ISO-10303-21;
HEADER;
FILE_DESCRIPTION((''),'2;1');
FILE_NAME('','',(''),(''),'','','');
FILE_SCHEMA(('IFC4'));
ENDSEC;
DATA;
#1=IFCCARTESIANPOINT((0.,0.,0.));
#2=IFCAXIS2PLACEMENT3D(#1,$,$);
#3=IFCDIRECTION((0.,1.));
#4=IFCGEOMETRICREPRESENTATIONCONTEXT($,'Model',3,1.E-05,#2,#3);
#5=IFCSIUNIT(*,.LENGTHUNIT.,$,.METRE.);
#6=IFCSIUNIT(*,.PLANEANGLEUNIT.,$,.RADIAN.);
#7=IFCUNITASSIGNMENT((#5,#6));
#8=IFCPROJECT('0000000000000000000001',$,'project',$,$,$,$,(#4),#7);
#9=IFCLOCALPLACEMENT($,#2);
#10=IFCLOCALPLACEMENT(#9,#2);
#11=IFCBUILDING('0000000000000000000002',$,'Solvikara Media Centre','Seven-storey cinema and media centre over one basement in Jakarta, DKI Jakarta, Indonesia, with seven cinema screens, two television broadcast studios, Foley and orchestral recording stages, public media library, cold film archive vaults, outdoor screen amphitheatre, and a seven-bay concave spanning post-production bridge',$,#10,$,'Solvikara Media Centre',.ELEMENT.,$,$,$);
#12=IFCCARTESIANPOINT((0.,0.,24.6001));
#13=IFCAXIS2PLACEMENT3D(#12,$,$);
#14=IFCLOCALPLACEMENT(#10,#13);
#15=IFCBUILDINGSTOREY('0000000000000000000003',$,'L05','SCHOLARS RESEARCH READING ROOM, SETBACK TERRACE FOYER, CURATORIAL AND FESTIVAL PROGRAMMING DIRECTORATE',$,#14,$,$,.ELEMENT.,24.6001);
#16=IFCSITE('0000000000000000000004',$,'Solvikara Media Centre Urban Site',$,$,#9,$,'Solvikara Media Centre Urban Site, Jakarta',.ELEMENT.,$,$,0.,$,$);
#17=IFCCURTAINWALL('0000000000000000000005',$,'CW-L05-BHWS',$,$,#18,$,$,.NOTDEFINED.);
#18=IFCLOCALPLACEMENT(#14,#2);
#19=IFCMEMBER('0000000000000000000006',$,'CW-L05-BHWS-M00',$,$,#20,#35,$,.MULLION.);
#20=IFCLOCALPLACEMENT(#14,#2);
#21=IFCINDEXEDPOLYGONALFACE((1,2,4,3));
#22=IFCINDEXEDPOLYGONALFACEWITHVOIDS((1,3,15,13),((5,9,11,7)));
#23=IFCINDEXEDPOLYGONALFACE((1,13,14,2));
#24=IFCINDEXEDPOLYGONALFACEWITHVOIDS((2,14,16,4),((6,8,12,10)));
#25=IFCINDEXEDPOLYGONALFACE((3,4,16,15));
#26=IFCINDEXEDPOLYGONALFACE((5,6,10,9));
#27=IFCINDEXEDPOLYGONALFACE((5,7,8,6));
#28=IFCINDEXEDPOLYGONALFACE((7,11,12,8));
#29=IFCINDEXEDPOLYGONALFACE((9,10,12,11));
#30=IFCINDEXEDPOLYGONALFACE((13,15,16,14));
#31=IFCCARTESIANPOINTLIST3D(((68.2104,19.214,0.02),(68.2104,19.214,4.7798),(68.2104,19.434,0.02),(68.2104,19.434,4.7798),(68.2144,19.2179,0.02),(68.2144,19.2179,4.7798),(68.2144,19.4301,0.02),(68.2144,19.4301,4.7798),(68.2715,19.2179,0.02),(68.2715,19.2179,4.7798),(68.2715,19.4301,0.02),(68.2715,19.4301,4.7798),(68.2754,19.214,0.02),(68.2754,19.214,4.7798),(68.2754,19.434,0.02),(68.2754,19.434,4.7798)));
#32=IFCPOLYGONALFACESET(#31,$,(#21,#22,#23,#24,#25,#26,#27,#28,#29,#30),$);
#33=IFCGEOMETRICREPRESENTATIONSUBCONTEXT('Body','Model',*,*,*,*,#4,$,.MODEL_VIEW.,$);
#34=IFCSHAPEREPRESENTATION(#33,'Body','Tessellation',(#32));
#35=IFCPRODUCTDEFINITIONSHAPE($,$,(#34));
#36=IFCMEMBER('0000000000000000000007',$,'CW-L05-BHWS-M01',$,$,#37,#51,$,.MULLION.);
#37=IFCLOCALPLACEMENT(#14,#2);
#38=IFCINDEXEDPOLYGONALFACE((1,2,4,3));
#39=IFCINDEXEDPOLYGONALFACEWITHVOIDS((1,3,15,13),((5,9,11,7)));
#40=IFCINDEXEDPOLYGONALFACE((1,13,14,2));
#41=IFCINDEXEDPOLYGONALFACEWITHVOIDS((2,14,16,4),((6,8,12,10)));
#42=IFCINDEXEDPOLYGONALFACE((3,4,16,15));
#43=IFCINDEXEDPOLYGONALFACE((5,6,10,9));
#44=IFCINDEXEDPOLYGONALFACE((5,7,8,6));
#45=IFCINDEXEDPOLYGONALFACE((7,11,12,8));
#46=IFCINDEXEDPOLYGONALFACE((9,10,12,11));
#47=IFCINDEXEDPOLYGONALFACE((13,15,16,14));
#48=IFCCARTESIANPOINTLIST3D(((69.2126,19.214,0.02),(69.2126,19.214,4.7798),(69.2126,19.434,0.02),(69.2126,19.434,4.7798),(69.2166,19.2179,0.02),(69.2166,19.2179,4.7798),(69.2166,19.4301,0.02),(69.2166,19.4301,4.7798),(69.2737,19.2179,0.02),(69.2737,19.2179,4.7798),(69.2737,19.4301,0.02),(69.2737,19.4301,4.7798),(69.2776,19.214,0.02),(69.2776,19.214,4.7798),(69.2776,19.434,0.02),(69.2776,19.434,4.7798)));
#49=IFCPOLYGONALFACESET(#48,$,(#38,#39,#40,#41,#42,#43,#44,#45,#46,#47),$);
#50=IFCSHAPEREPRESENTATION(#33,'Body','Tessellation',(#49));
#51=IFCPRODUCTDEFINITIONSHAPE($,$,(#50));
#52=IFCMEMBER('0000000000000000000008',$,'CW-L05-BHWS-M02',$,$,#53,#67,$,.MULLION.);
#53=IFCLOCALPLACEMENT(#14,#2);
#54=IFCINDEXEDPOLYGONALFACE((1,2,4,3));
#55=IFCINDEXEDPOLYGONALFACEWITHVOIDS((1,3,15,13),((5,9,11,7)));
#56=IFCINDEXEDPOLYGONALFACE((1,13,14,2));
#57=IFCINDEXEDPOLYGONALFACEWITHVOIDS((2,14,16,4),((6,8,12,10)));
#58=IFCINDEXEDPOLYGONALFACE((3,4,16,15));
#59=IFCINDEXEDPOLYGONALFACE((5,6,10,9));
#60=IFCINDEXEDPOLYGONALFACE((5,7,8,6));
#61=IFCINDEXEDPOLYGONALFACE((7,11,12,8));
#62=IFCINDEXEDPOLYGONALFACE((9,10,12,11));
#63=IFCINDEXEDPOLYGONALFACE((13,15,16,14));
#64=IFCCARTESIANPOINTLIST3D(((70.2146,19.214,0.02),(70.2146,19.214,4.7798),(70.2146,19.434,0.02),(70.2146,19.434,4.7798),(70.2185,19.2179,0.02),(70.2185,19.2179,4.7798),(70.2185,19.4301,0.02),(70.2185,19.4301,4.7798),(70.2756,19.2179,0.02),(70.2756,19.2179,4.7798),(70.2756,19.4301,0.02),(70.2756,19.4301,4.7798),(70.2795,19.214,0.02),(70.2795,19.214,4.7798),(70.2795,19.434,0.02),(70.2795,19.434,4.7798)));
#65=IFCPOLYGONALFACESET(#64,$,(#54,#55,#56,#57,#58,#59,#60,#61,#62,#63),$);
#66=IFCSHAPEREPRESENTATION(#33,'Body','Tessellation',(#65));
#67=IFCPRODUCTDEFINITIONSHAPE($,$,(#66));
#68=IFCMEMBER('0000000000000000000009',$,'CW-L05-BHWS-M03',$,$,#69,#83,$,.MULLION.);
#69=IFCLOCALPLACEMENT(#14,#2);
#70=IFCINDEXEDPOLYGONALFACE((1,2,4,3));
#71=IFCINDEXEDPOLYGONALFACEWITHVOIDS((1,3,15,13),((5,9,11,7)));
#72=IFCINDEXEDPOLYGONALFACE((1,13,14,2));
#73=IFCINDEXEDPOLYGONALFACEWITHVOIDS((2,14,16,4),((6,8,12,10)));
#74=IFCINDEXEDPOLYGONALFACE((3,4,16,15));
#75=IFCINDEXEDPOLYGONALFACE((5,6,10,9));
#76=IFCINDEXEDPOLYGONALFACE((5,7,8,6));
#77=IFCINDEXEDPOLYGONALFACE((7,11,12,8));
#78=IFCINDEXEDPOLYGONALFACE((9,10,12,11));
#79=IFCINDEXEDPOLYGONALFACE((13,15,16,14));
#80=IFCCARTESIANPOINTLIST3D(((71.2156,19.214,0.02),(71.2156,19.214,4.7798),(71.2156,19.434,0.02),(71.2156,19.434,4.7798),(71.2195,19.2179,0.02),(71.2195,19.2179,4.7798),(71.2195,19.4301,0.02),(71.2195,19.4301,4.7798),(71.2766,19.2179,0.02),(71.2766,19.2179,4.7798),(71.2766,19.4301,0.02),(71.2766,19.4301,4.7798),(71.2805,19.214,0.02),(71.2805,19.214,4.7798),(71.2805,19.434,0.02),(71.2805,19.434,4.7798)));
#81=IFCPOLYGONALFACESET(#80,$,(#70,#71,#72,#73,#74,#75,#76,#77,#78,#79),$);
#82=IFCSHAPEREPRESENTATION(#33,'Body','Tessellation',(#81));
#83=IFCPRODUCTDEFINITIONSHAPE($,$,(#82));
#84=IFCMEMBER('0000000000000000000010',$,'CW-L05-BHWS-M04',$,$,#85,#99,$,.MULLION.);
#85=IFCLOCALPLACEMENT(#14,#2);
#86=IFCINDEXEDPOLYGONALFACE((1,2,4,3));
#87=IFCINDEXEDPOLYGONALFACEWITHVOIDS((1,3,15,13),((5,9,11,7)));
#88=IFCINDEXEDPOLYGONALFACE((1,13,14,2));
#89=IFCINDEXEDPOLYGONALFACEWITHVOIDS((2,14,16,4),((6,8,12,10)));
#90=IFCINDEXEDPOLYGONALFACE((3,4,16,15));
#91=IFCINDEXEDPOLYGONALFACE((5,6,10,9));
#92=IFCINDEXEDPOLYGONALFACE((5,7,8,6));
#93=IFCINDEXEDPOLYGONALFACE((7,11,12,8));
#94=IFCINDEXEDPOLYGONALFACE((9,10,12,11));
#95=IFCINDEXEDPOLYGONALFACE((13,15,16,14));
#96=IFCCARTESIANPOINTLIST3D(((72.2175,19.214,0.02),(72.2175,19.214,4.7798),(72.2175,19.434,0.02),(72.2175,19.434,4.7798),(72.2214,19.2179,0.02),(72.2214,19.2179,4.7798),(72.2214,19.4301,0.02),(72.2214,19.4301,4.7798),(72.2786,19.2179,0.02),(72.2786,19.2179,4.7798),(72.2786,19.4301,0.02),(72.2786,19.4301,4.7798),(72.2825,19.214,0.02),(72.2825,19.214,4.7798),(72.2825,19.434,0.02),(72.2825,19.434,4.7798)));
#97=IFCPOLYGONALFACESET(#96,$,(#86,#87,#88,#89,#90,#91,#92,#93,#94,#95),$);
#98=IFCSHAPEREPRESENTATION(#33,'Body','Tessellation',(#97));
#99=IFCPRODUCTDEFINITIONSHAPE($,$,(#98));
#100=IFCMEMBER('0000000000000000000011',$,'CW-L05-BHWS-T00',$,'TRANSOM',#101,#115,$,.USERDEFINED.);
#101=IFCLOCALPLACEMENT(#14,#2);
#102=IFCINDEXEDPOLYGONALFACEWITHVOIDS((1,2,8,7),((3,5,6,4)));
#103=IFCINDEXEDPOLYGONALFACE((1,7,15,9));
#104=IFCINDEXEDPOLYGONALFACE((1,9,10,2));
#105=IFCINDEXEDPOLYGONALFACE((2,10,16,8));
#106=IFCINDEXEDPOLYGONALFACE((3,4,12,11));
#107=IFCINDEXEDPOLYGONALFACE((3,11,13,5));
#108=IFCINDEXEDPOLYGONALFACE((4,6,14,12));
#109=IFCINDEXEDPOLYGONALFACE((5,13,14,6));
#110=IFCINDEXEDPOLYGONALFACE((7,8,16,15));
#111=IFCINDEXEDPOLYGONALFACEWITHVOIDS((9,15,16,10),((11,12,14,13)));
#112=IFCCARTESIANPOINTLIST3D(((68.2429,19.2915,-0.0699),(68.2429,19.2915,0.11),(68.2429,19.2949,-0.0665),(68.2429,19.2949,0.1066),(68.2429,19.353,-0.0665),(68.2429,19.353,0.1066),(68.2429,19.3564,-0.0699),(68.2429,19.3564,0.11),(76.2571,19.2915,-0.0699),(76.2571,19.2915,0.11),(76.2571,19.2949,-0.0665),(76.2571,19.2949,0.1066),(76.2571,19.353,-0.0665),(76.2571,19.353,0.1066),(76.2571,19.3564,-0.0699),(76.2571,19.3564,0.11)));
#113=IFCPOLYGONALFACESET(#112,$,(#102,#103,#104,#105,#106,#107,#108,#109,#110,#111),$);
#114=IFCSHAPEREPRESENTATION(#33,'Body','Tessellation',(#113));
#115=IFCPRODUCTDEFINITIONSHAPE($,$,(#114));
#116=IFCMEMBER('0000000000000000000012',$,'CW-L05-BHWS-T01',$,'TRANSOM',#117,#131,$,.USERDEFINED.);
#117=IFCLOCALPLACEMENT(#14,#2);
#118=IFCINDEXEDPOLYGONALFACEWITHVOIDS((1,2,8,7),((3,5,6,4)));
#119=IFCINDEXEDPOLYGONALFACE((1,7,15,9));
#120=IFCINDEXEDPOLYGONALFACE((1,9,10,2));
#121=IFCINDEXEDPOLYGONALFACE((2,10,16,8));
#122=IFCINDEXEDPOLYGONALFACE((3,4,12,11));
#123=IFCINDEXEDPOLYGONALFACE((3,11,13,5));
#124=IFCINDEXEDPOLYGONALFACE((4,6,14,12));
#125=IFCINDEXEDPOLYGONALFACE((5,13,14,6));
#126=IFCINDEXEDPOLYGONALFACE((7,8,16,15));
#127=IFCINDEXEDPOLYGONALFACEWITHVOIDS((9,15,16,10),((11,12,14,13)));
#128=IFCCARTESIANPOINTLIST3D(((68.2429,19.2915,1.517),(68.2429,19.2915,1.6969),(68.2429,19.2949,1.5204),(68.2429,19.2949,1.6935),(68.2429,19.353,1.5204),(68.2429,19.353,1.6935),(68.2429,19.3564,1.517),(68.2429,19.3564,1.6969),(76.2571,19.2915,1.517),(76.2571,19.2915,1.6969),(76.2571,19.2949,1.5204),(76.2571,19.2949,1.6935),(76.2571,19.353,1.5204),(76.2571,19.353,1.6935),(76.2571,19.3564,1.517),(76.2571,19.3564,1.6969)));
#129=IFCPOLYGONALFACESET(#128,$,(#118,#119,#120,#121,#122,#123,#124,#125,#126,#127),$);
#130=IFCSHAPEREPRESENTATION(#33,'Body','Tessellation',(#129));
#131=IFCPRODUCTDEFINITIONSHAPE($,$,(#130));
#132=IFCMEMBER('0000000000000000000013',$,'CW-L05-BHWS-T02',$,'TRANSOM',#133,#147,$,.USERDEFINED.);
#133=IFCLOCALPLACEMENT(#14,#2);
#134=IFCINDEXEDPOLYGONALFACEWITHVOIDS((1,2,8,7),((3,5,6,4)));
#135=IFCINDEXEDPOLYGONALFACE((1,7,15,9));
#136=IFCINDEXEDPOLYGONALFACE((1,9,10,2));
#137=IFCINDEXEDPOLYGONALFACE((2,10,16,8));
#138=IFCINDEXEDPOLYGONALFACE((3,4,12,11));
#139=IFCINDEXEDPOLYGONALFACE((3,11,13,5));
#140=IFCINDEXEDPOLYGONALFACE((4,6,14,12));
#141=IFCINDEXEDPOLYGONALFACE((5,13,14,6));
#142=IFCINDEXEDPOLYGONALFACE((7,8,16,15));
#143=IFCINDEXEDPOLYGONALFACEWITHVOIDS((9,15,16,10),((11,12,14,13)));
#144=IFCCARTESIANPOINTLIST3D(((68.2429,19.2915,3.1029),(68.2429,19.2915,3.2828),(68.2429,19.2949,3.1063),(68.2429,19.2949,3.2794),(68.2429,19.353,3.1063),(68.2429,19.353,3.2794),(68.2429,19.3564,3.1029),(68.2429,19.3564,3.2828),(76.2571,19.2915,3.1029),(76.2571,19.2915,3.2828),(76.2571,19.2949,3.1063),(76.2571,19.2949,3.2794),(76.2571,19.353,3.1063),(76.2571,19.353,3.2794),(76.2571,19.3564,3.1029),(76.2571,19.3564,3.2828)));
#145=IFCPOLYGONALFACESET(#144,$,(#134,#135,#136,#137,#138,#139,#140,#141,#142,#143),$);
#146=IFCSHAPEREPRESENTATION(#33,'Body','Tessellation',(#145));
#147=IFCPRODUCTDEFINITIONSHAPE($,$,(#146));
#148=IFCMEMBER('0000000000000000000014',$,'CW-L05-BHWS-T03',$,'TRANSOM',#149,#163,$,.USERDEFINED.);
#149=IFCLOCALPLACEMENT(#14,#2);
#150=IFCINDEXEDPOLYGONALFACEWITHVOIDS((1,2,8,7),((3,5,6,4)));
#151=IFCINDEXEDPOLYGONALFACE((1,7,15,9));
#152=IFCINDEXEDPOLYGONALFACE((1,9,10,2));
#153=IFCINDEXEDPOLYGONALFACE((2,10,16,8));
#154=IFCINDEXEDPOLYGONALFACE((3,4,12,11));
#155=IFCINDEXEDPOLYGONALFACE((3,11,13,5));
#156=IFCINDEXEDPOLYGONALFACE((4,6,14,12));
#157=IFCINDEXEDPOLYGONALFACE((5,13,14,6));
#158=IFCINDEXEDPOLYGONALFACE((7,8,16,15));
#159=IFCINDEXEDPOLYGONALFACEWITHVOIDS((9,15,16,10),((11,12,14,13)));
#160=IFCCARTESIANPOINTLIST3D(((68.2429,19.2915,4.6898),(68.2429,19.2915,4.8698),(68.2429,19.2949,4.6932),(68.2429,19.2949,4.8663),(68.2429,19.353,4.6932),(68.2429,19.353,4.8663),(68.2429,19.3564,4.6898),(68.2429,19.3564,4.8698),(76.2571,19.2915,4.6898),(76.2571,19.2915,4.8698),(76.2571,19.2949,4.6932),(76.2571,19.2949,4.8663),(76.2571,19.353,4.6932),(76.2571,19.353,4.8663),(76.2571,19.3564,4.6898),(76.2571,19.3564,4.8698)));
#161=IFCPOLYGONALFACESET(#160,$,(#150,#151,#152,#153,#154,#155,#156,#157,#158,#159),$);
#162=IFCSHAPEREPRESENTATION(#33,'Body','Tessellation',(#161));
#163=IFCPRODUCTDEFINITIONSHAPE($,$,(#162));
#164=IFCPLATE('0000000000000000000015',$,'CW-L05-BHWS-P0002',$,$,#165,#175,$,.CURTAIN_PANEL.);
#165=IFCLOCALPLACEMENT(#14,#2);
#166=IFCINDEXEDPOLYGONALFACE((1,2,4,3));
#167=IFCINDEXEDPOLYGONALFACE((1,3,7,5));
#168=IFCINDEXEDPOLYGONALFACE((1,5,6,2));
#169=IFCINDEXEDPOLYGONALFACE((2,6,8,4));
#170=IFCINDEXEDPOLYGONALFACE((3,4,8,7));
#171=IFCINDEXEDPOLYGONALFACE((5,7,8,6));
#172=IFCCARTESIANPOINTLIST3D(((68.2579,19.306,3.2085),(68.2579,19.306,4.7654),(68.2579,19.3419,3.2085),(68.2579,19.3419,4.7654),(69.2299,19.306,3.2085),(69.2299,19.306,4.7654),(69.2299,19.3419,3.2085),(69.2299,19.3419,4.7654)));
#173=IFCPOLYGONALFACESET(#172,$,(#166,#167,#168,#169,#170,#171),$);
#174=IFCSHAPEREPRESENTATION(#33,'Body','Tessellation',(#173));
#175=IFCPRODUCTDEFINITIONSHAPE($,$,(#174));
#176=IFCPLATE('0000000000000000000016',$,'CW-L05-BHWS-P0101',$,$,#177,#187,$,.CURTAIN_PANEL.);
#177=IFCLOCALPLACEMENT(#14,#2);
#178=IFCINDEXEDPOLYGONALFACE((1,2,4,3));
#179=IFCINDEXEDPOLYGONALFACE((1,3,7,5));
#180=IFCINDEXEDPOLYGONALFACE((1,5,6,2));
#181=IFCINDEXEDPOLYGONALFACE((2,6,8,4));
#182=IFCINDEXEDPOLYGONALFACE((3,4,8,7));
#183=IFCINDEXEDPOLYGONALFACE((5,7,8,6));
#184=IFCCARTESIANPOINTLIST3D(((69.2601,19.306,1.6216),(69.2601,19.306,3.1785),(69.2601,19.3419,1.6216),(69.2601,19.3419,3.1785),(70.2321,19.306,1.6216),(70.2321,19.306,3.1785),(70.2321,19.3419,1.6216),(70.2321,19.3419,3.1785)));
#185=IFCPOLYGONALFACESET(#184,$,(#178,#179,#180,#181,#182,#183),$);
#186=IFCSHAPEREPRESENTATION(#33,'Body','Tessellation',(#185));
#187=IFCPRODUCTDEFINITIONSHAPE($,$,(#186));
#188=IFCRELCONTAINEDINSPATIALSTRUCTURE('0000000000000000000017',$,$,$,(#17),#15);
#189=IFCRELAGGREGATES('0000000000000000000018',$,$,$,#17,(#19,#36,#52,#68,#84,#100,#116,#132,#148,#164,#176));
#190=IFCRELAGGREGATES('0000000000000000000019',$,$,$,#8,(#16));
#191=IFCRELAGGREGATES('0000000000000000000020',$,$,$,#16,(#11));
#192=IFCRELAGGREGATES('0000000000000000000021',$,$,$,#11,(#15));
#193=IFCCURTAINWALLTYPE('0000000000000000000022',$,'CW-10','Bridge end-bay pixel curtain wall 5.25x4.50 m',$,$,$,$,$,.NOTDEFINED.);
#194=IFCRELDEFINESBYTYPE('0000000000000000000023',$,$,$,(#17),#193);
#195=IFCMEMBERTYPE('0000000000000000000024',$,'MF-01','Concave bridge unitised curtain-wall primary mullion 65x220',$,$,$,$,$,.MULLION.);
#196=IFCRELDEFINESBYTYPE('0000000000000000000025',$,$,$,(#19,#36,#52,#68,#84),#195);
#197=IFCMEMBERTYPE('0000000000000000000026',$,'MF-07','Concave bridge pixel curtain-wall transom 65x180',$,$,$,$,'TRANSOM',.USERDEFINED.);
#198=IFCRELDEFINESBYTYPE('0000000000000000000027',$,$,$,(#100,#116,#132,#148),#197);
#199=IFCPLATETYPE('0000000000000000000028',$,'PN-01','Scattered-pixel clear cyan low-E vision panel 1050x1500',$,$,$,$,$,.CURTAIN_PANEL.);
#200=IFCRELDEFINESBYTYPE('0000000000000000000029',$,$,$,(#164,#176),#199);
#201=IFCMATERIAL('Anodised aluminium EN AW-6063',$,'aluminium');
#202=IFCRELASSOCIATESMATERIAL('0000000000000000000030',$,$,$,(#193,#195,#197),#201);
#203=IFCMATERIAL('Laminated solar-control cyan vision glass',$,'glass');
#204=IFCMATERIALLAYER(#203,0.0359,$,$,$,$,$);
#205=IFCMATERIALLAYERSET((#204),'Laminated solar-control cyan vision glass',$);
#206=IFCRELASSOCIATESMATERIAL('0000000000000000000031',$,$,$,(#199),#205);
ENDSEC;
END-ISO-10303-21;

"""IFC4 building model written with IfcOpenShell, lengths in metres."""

from ifc_helpers import new_model, si_unit, direction, frame, origin, origin_2d, place, context, subcontext, project, spatial, rectangle, hollow_rectangle, extrude, material, layer, layer_set, material_profile, profile_set, type_object, element, aggregate, save


model = new_model("IFC4")

# Units and contexts
model_context = context("Model", 3, precision=1e-05, world=origin(), true_north=direction((0.0, 1.0)))
body_context = subcontext(model_context, "Body", "Model", "MODEL_VIEW")
ifc_project = project(units=[si_unit("LENGTHUNIT", "METRE"), si_unit("PLANEANGLEUNIT", "RADIAN")], contexts=[model_context])

# Site, building, storey
site_placement = place(None, origin())
site = spatial("IfcSite", under=ifc_project, at=site_placement, Name="Solvikara Media Centre Urban Site", LongName="Solvikara Media Centre Urban Site, Jakarta", CompositionType="ELEMENT", RefElevation=0.0)
building_placement = place(site_placement, origin())
building = spatial("IfcBuilding", under=site, at=building_placement, Name="Solvikara Media Centre", Description="Seven-storey cinema and media centre over one basement in Jakarta, DKI Jakarta, Indonesia, with seven cinema screens, two television broadcast studios, Foley and orchestral recording stages, public media library, cold film archive vaults, outdoor screen amphitheatre, and a seven-bay concave spanning post-production bridge", LongName="Solvikara Media Centre", CompositionType="ELEMENT")
storey_placement = place(building_placement, frame((0.0, 0.0, 24.6001)))
storey = spatial("IfcBuildingStorey", under=building, at=storey_placement, Name="L05", Description="SCHOLARS RESEARCH READING ROOM, SETBACK TERRACE FOYER, CURATORIAL AND FESTIVAL PROGRAMMING DIRECTORATE", CompositionType="ELEMENT", Elevation=24.6001)

# Curtain wall, members, plates
ifc_material_1 = material(Name="Anodised aluminium EN AW-6063", Category="aluminium")
curtain_wall_type = type_object("IfcCurtainWallType", Name="CW-10", Description="Bridge end-bay pixel curtain wall 5.25x4.50 m", PredefinedType="NOTDEFINED", material=ifc_material_1)
curtain_wall_placement = place(storey_placement, origin())
curtain_wall = element("IfcCurtainWall", 1, at=curtain_wall_placement, inside=storey, type_object=curtain_wall_type, Name="CW-L05-BHWS", PredefinedType="NOTDEFINED")
ifc_material_profile_1 = material_profile(ifc_material_1, hollow_rectangle(XDim=0.0649, YDim=0.22, WallThickness=0.0039, at=origin_2d()), Name="ALU-M 65x220x4")
ifc_profile_set_1 = profile_set([ifc_material_profile_1], Name="Anodised aluminium EN AW-6063")
member_type_1 = type_object("IfcMemberType", Name="MF-01", Description="Concave bridge unitised curtain-wall primary mullion 65x220", PredefinedType="MULLION", material=ifc_profile_set_1)
member_1_placement = place(storey_placement, frame((68.2429, 19.324, 0.02), z_axis=(0.0, 0.0, 1.0), x_axis=(1.0, 0.0, 0.0)))
member_1 = element("IfcMember", 2, at=member_1_placement, type_object=member_type_1, Name="CW-L05-BHWS-M00", PredefinedType="MULLION", context=body_context, shape_type="SweptSolid", body=[
    extrude(hollow_rectangle(XDim=0.0649, YDim=0.22, WallThickness=0.0039, at=origin_2d()), origin(), (0.0, 0.0, 1.0), 4.7598),
])
member_2_placement = place(storey_placement, frame((69.2451, 19.324, 0.02), z_axis=(0.0, 0.0, 1.0), x_axis=(1.0, 0.0, 0.0)))
member_2 = element("IfcMember", 3, at=member_2_placement, type_object=member_type_1, Name="CW-L05-BHWS-M01", PredefinedType="MULLION", context=body_context, shape_type="SweptSolid", body=[
    extrude(hollow_rectangle(XDim=0.0649, YDim=0.22, WallThickness=0.0039, at=origin_2d()), origin(), (0.0, 0.0, 1.0), 4.7598),
])
member_3_placement = place(storey_placement, frame((70.2471, 19.324, 0.02), z_axis=(0.0, 0.0, 1.0), x_axis=(1.0, 0.0, 0.0)))
member_3 = element("IfcMember", 4, at=member_3_placement, type_object=member_type_1, Name="CW-L05-BHWS-M02", PredefinedType="MULLION", context=body_context, shape_type="SweptSolid", body=[
    extrude(hollow_rectangle(XDim=0.0649, YDim=0.22, WallThickness=0.0039, at=origin_2d()), origin(), (0.0, 0.0, 1.0), 4.7598),
])
member_4_placement = place(storey_placement, frame((71.248, 19.324, 0.02), z_axis=(0.0, 0.0, 1.0), x_axis=(1.0, 0.0, 0.0)))
member_4 = element("IfcMember", 5, at=member_4_placement, type_object=member_type_1, Name="CW-L05-BHWS-M03", PredefinedType="MULLION", context=body_context, shape_type="SweptSolid", body=[
    extrude(hollow_rectangle(XDim=0.0649, YDim=0.22, WallThickness=0.0039, at=origin_2d()), origin(), (0.0, 0.0, 1.0), 4.7598),
])
member_5_placement = place(storey_placement, frame((72.25, 19.324, 0.02), z_axis=(0.0, 0.0, 1.0), x_axis=(1.0, 0.0, 0.0)))
member_5 = element("IfcMember", 6, at=member_5_placement, type_object=member_type_1, Name="CW-L05-BHWS-M04", PredefinedType="MULLION", context=body_context, shape_type="SweptSolid", body=[
    extrude(hollow_rectangle(XDim=0.0649, YDim=0.22, WallThickness=0.0039, at=origin_2d()), origin(), (0.0, 0.0, 1.0), 4.7598),
])
ifc_material_profile_2 = material_profile(ifc_material_1, hollow_rectangle(XDim=0.0649, YDim=0.1799, WallThickness=0.0034, at=origin_2d()), Name="ALU-T 65x180x3.5")
ifc_profile_set_2 = profile_set([ifc_material_profile_2], Name="Anodised aluminium EN AW-6063")
member_type_2 = type_object("IfcMemberType", Name="MF-07", Description="Concave bridge pixel curtain-wall transom 65x180", ElementType="TRANSOM", PredefinedType="USERDEFINED", material=ifc_profile_set_2)
member_6_placement = place(storey_placement, frame((68.2429, 19.324, 0.02), z_axis=(1.0, 0.0, 0.0), x_axis=(0.0, 1.0, 0.0)))
member_6 = element("IfcMember", 7, at=member_6_placement, type_object=member_type_2, Name="CW-L05-BHWS-T00", ObjectType="TRANSOM", PredefinedType="USERDEFINED", context=body_context, shape_type="SweptSolid", body=[
    extrude(hollow_rectangle(XDim=0.0649, YDim=0.1799, WallThickness=0.0034, at=origin_2d()), origin(), (0.0, 0.0, 1.0), 8.0142),
])
member_7_placement = place(storey_placement, frame((68.2429, 19.324, 1.6069), z_axis=(1.0, 0.0, 0.0), x_axis=(0.0, 1.0, 0.0)))
member_7 = element("IfcMember", 8, at=member_7_placement, type_object=member_type_2, Name="CW-L05-BHWS-T01", ObjectType="TRANSOM", PredefinedType="USERDEFINED", context=body_context, shape_type="SweptSolid", body=[
    extrude(hollow_rectangle(XDim=0.0649, YDim=0.1799, WallThickness=0.0034, at=origin_2d()), origin(), (0.0, 0.0, 1.0), 8.0142),
])
member_8_placement = place(storey_placement, frame((68.2429, 19.324, 3.1929), z_axis=(1.0, 0.0, 0.0), x_axis=(0.0, 1.0, 0.0)))
member_8 = element("IfcMember", 9, at=member_8_placement, type_object=member_type_2, Name="CW-L05-BHWS-T02", ObjectType="TRANSOM", PredefinedType="USERDEFINED", context=body_context, shape_type="SweptSolid", body=[
    extrude(hollow_rectangle(XDim=0.0649, YDim=0.1799, WallThickness=0.0034, at=origin_2d()), origin(), (0.0, 0.0, 1.0), 8.0142),
])
member_9_placement = place(storey_placement, frame((68.2429, 19.324, 4.7798), z_axis=(1.0, 0.0, 0.0), x_axis=(0.0, 1.0, 0.0)))
member_9 = element("IfcMember", 10, at=member_9_placement, type_object=member_type_2, Name="CW-L05-BHWS-T03", ObjectType="TRANSOM", PredefinedType="USERDEFINED", context=body_context, shape_type="SweptSolid", body=[
    extrude(hollow_rectangle(XDim=0.0649, YDim=0.1799, WallThickness=0.0034, at=origin_2d()), origin(), (0.0, 0.0, 1.0), 8.0142),
])
ifc_material_2 = material(Name="Laminated solar-control cyan vision glass", Category="glass")
ifc_layer_1 = layer(ifc_material_2, 0.0359)
ifc_layer_set_1 = layer_set([ifc_layer_1], Name="Laminated solar-control cyan vision glass")
plate_type_1 = type_object("IfcPlateType", Name="PN-01", Description="Scattered-pixel clear cyan low-E vision panel 1050x1500", PredefinedType="CURTAIN_PANEL", material=ifc_layer_set_1)
plate_1_placement = place(storey_placement, frame((68.7439, 19.324, 3.2085), z_axis=(0.0, 0.0, 1.0), x_axis=(1.0, 0.0, 0.0)))
plate_1 = element("IfcPlate", 11, at=plate_1_placement, type_object=plate_type_1, Name="CW-L05-BHWS-P0002", PredefinedType="CURTAIN_PANEL", context=body_context, shape_type="SweptSolid", body=[
    extrude(rectangle(XDim=0.9719, YDim=0.0359, at=origin_2d()), origin(), (0.0, 0.0, 1.0), 1.5569),
])
plate_2_placement = place(storey_placement, frame((69.7461, 19.324, 1.6216), z_axis=(0.0, 0.0, 1.0), x_axis=(1.0, 0.0, 0.0)))
plate_2 = element("IfcPlate", 12, at=plate_2_placement, type_object=plate_type_1, Name="CW-L05-BHWS-P0101", PredefinedType="CURTAIN_PANEL", context=body_context, shape_type="SweptSolid", body=[
    extrude(rectangle(XDim=0.9719, YDim=0.0359, at=origin_2d()), origin(), (0.0, 0.0, 1.0), 1.5569),
])
aggregate(curtain_wall, [member_1, member_2, member_3, member_4, member_5, member_6, member_7, member_8, member_9, plate_1, plate_2])

save(model, "model.ifc")
